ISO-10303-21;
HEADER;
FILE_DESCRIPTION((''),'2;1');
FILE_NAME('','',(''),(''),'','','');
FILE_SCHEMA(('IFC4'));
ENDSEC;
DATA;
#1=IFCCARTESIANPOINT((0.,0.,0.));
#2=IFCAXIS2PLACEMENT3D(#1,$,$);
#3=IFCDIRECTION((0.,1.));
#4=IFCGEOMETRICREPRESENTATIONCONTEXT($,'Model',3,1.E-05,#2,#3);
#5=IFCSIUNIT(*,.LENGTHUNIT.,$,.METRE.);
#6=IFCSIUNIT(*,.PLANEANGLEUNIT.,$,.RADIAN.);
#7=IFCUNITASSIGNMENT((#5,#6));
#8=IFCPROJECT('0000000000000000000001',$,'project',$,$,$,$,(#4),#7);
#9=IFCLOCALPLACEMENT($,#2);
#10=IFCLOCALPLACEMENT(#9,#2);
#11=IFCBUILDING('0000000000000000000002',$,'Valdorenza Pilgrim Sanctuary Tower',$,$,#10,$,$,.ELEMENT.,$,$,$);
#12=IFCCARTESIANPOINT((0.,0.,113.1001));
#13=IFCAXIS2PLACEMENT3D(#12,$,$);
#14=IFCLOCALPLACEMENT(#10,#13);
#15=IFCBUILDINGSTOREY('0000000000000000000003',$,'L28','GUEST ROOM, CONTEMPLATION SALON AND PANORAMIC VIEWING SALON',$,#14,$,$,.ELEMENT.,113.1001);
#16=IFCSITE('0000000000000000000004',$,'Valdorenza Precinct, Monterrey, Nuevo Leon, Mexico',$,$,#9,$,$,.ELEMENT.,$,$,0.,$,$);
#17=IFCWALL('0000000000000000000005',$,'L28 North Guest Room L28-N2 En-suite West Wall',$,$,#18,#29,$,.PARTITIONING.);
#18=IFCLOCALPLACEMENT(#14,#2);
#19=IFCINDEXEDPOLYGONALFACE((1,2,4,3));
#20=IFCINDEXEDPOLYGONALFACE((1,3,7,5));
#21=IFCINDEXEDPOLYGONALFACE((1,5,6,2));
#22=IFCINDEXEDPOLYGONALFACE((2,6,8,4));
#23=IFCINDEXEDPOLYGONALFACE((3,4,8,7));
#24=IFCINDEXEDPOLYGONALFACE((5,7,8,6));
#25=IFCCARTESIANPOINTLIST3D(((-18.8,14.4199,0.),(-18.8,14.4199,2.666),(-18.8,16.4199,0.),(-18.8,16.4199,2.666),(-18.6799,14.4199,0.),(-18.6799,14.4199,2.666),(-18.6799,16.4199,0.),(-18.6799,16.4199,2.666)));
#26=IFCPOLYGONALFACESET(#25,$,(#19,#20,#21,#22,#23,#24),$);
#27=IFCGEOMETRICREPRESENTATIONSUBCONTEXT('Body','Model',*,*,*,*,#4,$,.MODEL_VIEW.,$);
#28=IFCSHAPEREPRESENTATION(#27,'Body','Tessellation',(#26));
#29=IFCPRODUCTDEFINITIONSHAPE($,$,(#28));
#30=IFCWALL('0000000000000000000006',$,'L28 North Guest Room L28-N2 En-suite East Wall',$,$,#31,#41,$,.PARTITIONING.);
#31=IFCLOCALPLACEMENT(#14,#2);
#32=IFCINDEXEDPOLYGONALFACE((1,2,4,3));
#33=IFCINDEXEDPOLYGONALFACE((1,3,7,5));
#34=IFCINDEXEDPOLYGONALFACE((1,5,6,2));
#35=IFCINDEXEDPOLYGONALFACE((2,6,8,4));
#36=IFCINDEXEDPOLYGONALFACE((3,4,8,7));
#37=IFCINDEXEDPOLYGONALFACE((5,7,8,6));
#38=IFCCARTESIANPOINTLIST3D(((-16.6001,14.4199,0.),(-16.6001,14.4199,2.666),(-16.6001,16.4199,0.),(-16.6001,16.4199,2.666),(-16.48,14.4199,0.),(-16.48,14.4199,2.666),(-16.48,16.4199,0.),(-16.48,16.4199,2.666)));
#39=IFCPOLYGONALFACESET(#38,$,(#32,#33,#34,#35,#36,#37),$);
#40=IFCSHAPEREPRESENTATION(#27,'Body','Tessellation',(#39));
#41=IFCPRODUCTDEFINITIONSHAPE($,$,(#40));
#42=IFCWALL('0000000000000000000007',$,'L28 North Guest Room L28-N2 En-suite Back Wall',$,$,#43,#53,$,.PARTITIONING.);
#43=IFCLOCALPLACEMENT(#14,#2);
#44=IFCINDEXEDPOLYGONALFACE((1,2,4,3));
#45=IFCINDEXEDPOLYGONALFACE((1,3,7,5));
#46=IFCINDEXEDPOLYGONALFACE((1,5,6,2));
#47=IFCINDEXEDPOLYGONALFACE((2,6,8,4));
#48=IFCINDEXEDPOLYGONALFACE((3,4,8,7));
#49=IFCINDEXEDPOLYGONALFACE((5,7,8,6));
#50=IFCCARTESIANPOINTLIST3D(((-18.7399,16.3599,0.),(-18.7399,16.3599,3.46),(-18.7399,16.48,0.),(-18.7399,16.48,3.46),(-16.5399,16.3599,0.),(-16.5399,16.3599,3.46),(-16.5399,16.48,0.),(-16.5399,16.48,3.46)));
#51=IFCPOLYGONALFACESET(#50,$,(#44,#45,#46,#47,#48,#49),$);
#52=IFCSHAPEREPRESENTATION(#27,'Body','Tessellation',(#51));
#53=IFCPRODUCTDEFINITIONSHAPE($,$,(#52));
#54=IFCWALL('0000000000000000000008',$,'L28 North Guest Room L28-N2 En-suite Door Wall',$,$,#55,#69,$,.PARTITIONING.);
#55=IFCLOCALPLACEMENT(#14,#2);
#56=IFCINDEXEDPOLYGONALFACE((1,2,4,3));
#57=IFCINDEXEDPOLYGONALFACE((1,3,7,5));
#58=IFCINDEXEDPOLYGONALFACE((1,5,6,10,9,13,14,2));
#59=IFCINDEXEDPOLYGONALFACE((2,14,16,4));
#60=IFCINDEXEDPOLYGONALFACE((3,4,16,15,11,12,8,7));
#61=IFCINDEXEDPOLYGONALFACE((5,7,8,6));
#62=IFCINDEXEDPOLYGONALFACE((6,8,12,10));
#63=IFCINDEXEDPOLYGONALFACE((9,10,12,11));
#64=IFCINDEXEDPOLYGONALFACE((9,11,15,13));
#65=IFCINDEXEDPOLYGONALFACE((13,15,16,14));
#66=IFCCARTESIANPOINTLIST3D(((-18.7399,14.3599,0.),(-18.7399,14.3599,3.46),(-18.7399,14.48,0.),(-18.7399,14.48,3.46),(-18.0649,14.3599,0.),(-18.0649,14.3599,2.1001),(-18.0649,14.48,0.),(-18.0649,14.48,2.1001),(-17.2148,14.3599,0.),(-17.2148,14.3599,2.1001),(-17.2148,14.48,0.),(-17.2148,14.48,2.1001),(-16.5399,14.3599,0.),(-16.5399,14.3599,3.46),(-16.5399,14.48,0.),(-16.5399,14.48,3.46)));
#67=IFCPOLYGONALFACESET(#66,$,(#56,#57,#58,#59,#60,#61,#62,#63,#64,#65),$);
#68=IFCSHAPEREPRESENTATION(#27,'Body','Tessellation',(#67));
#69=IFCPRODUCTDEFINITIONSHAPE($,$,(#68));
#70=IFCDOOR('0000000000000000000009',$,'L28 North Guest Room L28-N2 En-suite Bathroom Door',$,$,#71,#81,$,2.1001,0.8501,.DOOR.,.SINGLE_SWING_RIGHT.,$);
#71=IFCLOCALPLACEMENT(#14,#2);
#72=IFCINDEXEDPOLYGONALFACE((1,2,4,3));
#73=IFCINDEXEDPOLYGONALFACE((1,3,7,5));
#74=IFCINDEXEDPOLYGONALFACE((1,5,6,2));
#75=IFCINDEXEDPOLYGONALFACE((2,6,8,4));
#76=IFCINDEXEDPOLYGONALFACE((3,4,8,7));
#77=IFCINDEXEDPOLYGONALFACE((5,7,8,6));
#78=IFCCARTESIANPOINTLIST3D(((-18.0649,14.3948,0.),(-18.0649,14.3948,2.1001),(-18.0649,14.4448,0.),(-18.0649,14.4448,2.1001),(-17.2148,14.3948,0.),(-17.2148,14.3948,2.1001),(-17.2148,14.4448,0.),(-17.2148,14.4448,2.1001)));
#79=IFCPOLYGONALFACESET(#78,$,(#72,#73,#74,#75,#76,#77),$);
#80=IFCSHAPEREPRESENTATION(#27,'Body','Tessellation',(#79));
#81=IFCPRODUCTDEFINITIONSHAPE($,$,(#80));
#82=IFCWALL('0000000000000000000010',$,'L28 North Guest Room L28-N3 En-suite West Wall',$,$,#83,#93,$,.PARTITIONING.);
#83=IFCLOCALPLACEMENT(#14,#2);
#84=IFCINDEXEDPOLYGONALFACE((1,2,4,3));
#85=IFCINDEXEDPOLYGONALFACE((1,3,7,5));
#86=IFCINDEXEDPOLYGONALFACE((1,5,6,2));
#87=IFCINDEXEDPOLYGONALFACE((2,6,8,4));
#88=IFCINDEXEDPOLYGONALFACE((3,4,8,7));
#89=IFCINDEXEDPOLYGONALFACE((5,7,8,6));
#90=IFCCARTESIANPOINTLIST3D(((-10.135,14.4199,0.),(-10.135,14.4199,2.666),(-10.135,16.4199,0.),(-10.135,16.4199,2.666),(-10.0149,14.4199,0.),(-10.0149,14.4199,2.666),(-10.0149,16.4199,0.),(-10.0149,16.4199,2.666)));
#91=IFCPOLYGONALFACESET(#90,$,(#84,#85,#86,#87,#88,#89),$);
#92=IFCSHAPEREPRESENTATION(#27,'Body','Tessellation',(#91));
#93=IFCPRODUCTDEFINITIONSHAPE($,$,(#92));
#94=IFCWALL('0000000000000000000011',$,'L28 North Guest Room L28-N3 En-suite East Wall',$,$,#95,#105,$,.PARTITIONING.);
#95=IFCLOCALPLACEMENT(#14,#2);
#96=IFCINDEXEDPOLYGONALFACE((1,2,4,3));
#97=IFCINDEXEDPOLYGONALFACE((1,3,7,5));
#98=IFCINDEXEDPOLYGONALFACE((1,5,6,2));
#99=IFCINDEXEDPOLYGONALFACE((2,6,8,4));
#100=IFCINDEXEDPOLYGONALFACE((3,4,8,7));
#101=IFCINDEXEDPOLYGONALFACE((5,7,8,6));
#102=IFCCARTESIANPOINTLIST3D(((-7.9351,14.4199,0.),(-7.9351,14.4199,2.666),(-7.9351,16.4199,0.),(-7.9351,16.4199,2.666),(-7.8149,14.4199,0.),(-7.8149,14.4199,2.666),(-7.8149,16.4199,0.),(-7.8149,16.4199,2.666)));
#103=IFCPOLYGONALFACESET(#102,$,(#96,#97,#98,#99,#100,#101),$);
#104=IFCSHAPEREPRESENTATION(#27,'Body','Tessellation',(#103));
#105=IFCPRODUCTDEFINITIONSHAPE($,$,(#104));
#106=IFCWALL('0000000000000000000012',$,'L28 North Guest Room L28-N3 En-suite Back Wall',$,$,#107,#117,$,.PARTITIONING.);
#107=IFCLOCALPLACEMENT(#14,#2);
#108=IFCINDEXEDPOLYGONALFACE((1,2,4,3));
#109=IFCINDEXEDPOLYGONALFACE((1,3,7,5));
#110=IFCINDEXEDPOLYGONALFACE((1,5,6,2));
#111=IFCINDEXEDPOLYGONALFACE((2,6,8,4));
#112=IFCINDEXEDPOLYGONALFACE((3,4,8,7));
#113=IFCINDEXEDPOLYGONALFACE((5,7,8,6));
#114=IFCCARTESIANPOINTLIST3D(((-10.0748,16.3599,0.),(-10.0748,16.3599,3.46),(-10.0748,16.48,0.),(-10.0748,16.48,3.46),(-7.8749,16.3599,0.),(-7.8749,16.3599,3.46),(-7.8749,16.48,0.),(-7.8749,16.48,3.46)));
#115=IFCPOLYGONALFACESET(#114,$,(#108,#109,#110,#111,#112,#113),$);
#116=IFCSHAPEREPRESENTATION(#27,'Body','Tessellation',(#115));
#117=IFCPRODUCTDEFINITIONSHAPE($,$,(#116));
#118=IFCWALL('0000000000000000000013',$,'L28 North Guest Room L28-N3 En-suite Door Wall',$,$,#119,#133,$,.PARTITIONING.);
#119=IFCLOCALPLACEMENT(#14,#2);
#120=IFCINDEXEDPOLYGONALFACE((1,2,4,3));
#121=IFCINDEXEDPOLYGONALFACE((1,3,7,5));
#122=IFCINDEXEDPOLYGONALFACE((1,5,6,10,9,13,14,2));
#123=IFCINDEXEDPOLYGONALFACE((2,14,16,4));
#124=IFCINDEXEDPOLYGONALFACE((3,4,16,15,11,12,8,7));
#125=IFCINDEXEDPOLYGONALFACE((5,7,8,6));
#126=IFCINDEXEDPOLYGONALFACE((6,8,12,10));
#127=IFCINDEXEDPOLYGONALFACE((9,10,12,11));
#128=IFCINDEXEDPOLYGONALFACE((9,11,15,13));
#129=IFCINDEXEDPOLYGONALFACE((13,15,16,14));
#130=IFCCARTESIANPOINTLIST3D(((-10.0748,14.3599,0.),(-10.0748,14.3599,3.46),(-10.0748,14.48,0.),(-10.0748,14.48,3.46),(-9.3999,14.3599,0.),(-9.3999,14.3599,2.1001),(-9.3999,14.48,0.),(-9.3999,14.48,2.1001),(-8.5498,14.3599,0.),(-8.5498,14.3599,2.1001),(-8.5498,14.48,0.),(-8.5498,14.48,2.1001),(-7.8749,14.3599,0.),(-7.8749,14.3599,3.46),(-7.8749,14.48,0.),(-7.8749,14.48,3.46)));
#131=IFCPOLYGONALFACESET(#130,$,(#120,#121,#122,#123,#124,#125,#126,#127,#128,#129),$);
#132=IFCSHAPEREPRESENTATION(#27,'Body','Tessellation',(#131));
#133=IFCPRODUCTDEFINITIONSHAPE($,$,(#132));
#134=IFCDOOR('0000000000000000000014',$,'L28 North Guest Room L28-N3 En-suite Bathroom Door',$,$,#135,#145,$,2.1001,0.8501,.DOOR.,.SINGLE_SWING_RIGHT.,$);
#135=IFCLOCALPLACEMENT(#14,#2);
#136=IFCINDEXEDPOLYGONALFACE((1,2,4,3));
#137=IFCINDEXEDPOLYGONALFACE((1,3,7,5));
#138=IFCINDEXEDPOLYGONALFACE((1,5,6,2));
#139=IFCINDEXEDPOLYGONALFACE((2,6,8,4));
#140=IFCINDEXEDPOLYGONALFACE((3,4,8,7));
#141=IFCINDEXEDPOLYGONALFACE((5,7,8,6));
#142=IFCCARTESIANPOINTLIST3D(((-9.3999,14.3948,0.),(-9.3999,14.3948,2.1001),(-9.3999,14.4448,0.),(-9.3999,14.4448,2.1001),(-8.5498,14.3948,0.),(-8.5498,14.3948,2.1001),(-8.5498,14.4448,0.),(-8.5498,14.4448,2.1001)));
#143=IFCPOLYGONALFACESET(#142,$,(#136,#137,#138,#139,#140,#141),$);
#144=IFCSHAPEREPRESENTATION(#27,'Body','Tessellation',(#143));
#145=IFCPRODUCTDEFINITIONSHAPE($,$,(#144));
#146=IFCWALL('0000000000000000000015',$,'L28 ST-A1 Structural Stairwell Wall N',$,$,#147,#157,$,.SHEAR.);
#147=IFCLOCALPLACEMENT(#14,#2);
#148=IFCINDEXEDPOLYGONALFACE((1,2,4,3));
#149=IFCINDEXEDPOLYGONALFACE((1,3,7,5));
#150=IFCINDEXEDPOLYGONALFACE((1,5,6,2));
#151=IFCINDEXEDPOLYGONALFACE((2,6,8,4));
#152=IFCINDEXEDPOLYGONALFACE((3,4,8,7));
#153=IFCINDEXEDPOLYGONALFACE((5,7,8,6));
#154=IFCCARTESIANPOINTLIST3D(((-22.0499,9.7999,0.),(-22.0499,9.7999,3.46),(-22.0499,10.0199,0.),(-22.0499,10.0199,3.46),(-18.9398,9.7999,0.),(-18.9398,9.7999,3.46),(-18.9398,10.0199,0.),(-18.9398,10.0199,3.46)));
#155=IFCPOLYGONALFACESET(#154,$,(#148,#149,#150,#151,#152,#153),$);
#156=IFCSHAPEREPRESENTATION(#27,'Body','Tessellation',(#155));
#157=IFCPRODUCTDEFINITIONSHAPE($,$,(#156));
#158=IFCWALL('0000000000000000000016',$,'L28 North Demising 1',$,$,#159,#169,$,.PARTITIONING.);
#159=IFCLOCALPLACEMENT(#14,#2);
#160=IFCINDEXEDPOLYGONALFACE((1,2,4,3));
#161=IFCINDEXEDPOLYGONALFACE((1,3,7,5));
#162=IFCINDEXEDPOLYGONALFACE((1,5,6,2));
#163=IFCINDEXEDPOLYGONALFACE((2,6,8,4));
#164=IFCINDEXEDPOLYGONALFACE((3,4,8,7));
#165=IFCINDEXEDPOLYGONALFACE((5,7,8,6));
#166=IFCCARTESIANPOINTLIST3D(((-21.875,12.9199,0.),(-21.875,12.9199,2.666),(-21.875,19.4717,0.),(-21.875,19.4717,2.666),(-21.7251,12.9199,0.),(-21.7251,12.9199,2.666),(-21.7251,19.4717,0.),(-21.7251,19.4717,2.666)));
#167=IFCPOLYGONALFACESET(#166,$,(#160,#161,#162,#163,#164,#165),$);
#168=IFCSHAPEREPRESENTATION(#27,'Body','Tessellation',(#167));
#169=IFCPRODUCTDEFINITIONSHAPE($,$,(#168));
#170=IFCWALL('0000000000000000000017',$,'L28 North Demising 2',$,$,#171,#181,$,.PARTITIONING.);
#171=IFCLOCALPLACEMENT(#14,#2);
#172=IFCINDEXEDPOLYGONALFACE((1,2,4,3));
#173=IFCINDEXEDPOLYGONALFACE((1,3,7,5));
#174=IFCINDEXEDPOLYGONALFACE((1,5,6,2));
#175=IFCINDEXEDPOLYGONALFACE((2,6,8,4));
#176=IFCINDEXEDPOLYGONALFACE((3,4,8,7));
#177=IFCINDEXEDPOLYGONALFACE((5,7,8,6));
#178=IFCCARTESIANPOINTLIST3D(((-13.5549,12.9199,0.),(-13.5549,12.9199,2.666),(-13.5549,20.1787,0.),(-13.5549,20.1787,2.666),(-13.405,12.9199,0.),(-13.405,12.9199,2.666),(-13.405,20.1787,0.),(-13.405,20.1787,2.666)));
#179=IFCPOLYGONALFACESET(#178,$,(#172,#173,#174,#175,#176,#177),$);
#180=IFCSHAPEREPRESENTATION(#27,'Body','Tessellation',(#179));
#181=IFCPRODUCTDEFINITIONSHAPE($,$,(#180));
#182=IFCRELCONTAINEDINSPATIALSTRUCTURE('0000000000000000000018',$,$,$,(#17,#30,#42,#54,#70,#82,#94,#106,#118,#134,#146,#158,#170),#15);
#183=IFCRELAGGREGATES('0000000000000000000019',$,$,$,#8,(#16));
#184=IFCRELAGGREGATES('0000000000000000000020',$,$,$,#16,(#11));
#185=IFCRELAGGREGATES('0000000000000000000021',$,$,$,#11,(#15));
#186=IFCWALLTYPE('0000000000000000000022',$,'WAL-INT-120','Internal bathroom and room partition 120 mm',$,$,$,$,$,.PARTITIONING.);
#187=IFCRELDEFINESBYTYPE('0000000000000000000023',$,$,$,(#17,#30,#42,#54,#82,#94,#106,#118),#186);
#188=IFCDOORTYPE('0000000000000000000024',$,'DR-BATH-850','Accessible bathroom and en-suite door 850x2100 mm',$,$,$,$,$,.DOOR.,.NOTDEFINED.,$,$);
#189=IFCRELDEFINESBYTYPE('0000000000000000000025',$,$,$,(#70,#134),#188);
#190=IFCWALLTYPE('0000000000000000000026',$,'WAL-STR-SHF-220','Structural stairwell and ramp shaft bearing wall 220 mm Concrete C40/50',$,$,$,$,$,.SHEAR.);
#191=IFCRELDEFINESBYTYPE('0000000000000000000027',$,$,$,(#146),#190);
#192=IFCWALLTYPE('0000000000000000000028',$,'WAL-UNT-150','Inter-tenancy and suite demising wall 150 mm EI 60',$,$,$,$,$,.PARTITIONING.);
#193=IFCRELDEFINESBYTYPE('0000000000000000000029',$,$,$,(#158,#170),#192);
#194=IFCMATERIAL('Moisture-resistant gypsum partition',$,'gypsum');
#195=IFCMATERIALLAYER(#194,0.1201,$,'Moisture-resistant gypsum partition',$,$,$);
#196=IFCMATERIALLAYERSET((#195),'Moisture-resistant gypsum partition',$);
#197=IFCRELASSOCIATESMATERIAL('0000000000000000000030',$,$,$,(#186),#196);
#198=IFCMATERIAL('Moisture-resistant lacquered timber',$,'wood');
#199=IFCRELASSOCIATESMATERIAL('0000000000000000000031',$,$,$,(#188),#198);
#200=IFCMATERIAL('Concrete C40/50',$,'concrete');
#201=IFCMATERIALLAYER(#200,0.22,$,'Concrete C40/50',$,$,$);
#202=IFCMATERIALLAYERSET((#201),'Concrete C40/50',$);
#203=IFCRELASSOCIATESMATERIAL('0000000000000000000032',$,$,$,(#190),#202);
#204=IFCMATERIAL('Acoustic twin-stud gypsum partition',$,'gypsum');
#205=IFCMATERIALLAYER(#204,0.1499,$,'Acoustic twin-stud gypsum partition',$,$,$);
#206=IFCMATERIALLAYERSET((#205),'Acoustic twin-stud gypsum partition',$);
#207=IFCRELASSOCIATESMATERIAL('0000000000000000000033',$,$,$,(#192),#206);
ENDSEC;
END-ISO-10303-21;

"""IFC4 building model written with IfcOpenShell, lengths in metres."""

from ifc_helpers import new_model, si_unit, direction, frame, frame_2d, origin, place, context, subcontext, project, spatial, rectangle, extrude, material, layer, layer_set, type_object, element, fill, save


model = new_model("IFC4")

# Units and contexts
model_context = context("Model", 3, precision=1e-05, world=origin(), true_north=direction((0.0, 1.0)))
body_context = subcontext(model_context, "Body", "Model", "MODEL_VIEW")
ifc_project = project(units=[si_unit("LENGTHUNIT", "METRE"), si_unit("PLANEANGLEUNIT", "RADIAN")], contexts=[model_context])

# Site, building, storey
site_placement = place(None, origin())
site = spatial("IfcSite", under=ifc_project, at=site_placement, Name="Valdorenza Precinct, Monterrey, Nuevo Leon, Mexico", CompositionType="ELEMENT", RefElevation=0.0)
building_placement = place(site_placement, origin())
building = spatial("IfcBuilding", under=site, at=building_placement, Name="Valdorenza Pilgrim Sanctuary Tower", CompositionType="ELEMENT")
storey_placement = place(building_placement, frame((0.0, 0.0, 113.1001)))
storey = spatial("IfcBuildingStorey", under=building, at=storey_placement, Name="L28", Description="GUEST ROOM, CONTEMPLATION SALON AND PANORAMIC VIEWING SALON", CompositionType="ELEMENT", Elevation=113.1001)

# Walls
ifc_material_1 = material(Name="Moisture-resistant gypsum partition", Category="gypsum")
ifc_layer_1 = layer(ifc_material_1, 0.1201, Name="Moisture-resistant gypsum partition")
ifc_layer_set_1 = layer_set([ifc_layer_1], Name="Moisture-resistant gypsum partition")
wall_type_1 = type_object("IfcWallType", Name="WAL-INT-120", Description="Internal bathroom and room partition 120 mm", PredefinedType="PARTITIONING", material=ifc_layer_set_1)
for number, where, z_axis, x_axis, name in (
    (1, (-18.74, 14.4199, 0.0), (0.0, 0.0, 1.0), (0.0, 1.0, 0.0), "L28 North Guest Room L28-N2 En-suite West Wall"),
    (2, (-16.54, 14.4199, 0.0), (0.0, 0.0, 1.0), (0.0, 1.0, 0.0), "L28 North Guest Room L28-N2 En-suite East Wall"),
):
    element("IfcWall", number, at=place(storey_placement, frame(where, z_axis=z_axis, x_axis=x_axis)), inside=storey, type_object=wall_type_1, Name=name, PredefinedType="PARTITIONING", context=body_context, shape_type="SweptSolid", body=[
        extrude(rectangle(XDim=2.0, YDim=0.1201, at=frame_2d((1.0, 0.0))), origin(), (0.0, 0.0, 1.0), 2.666),
    ])
wall_1_placement = place(storey_placement, frame((-18.74, 16.4199, 0.0), z_axis=(0.0, 0.0, 1.0), x_axis=(1.0, 0.0, 0.0)))
element("IfcWall", 3, at=wall_1_placement, inside=storey, type_object=wall_type_1, Name="L28 North Guest Room L28-N2 En-suite Back Wall", PredefinedType="PARTITIONING", context=body_context, shape_type="SweptSolid", body=[
    extrude(rectangle(XDim=2.2, YDim=0.1201, at=frame_2d((1.1001, 0.0))), origin(), (0.0, 0.0, 1.0), 3.46),
])

# Wall, opening, door
wall_2_placement = place(storey_placement, frame((-18.74, 14.4199, 0.0), z_axis=(0.0, 0.0, 1.0), x_axis=(1.0, 0.0, 0.0)))
wall_2 = element("IfcWall", 4, at=wall_2_placement, inside=storey, type_object=wall_type_1, Name="L28 North Guest Room L28-N2 En-suite Door Wall", PredefinedType="PARTITIONING", context=body_context, shape_type="SweptSolid", body=[
    extrude(rectangle(XDim=2.2, YDim=0.1201, at=frame_2d((1.1001, 0.0))), origin(), (0.0, 0.0, 1.0), 3.46),
])
opening_1_placement = place(wall_2_placement, frame((0.675, 0.0, 0.0)))
opening_1 = element("IfcOpeningElement", 5, at=opening_1_placement, cuts=wall_2, PredefinedType="OPENING", context=body_context, shape_type="SweptSolid", body=[
    extrude(rectangle(XDim=0.8501, YDim=2.1001, at=frame_2d((0.425, 1.05))), frame((0.0, 0.075, 0.0), z_axis=(0.0, -1.0, 0.0), x_axis=(1.0, 0.0, 0.0)), (0.0, 0.0, 1.0), 0.1499),
])
ifc_material_2 = material(Name="Moisture-resistant lacquered timber", Category="wood")
door_type = type_object("IfcDoorType", Name="DR-BATH-850", Description="Accessible bathroom and en-suite door 850x2100 mm", OperationType="NOTDEFINED", PredefinedType="DOOR", material=ifc_material_2)
door_1_placement = place(opening_1_placement, origin())
door_1 = element("IfcDoor", 6, at=door_1_placement, inside=storey, type_object=door_type, Name="L28 North Guest Room L28-N2 En-suite Bathroom Door", OperationType="SINGLE_SWING_RIGHT", OverallHeight=2.1001, OverallWidth=0.8501, PredefinedType="DOOR", context=body_context, shape_type="SweptSolid", body=[
    extrude(rectangle(XDim=0.8501, YDim=2.1001, at=frame_2d((0.425, 1.05))), frame((0.0, 0.0249, 0.0), z_axis=(0.0, -1.0, 0.0), x_axis=(1.0, 0.0, 0.0)), (0.0, 0.0, 1.0), 0.05),
])
fill(opening_1, door_1)

# Walls
for number, where, z_axis, x_axis, name in (
    (7, (-10.075, 14.4199, 0.0), (0.0, 0.0, 1.0), (0.0, 1.0, 0.0), "L28 North Guest Room L28-N3 En-suite West Wall"),
    (8, (-7.875, 14.4199, 0.0), (0.0, 0.0, 1.0), (0.0, 1.0, 0.0), "L28 North Guest Room L28-N3 En-suite East Wall"),
):
    element("IfcWall", number, at=place(storey_placement, frame(where, z_axis=z_axis, x_axis=x_axis)), inside=storey, type_object=wall_type_1, Name=name, PredefinedType="PARTITIONING", context=body_context, shape_type="SweptSolid", body=[
        extrude(rectangle(XDim=2.0, YDim=0.1201, at=frame_2d((1.0, 0.0))), origin(), (0.0, 0.0, 1.0), 2.666),
    ])
wall_3_placement = place(storey_placement, frame((-10.075, 16.4199, 0.0), z_axis=(0.0, 0.0, 1.0), x_axis=(1.0, 0.0, 0.0)))
element("IfcWall", 9, at=wall_3_placement, inside=storey, type_object=wall_type_1, Name="L28 North Guest Room L28-N3 En-suite Back Wall", PredefinedType="PARTITIONING", context=body_context, shape_type="SweptSolid", body=[
    extrude(rectangle(XDim=2.2, YDim=0.1201, at=frame_2d((1.1001, 0.0))), origin(), (0.0, 0.0, 1.0), 3.46),
])

# Wall, opening, door
wall_4_placement = place(storey_placement, frame((-10.075, 14.4199, 0.0), z_axis=(0.0, 0.0, 1.0), x_axis=(1.0, 0.0, 0.0)))
wall_4 = element("IfcWall", 10, at=wall_4_placement, inside=storey, type_object=wall_type_1, Name="L28 North Guest Room L28-N3 En-suite Door Wall", PredefinedType="PARTITIONING", context=body_context, shape_type="SweptSolid", body=[
    extrude(rectangle(XDim=2.2, YDim=0.1201, at=frame_2d((1.1001, 0.0))), origin(), (0.0, 0.0, 1.0), 3.46),
])
opening_2_placement = place(wall_4_placement, frame((0.675, 0.0, 0.0)))
opening_2 = element("IfcOpeningElement", 11, at=opening_2_placement, cuts=wall_4, PredefinedType="OPENING", context=body_context, shape_type="SweptSolid", body=[
    extrude(rectangle(XDim=0.8501, YDim=2.1001, at=frame_2d((0.425, 1.05))), frame((0.0, 0.075, 0.0), z_axis=(0.0, -1.0, 0.0), x_axis=(1.0, 0.0, 0.0)), (0.0, 0.0, 1.0), 0.1499),
])
door_2_placement = place(opening_2_placement, origin())
door_2 = element("IfcDoor", 12, at=door_2_placement, inside=storey, type_object=door_type, Name="L28 North Guest Room L28-N3 En-suite Bathroom Door", OperationType="SINGLE_SWING_RIGHT", OverallHeight=2.1001, OverallWidth=0.8501, PredefinedType="DOOR", context=body_context, shape_type="SweptSolid", body=[
    extrude(rectangle(XDim=0.8501, YDim=2.1001, at=frame_2d((0.425, 1.05))), frame((0.0, 0.0249, 0.0), z_axis=(0.0, -1.0, 0.0), x_axis=(1.0, 0.0, 0.0)), (0.0, 0.0, 1.0), 0.05),
])
fill(opening_2, door_2)

# Walls
ifc_material_3 = material(Name="Concrete C40/50", Category="concrete")
ifc_layer_2 = layer(ifc_material_3, 0.22, Name="Concrete C40/50")
ifc_layer_set_2 = layer_set([ifc_layer_2], Name="Concrete C40/50")
wall_type_2 = type_object("IfcWallType", Name="WAL-STR-SHF-220", Description="Structural stairwell and ramp shaft bearing wall 220 mm Concrete C40/50", PredefinedType="SHEAR", material=ifc_layer_set_2)
wall_5_placement = place(storey_placement, frame((-22.05, 9.9099, 0.0), z_axis=(0.0, 0.0, 1.0), x_axis=(1.0, 0.0, 0.0)))
element("IfcWall", 13, at=wall_5_placement, inside=storey, type_object=wall_type_2, Name="L28 ST-A1 Structural Stairwell Wall N", PredefinedType="SHEAR", context=body_context, shape_type="SweptSolid", body=[
    extrude(rectangle(XDim=3.1101, YDim=0.22, at=frame_2d((1.5552, 0.0))), origin(), (0.0, 0.0, 1.0), 3.46),
])
ifc_material_4 = material(Name="Acoustic twin-stud gypsum partition", Category="gypsum")
ifc_layer_3 = layer(ifc_material_4, 0.1499, Name="Acoustic twin-stud gypsum partition")
ifc_layer_set_3 = layer_set([ifc_layer_3], Name="Acoustic twin-stud gypsum partition")
wall_type_3 = type_object("IfcWallType", Name="WAL-UNT-150", Description="Inter-tenancy and suite demising wall 150 mm EI 60", PredefinedType="PARTITIONING", material=ifc_layer_set_3)
wall_6_placement = place(storey_placement, frame((-21.8, 12.9199, 0.0), z_axis=(0.0, 0.0, 1.0), x_axis=(0.0, 1.0, 0.0)))
element("IfcWall", 14, at=wall_6_placement, inside=storey, type_object=wall_type_3, Name="L28 North Demising 1", PredefinedType="PARTITIONING", context=body_context, shape_type="SweptSolid", body=[
    extrude(rectangle(XDim=6.5518, YDim=0.1499, at=frame_2d((3.2759, 0.0))), origin(), (0.0, 0.0, 1.0), 2.666),
])
wall_7_placement = place(storey_placement, frame((-13.48, 12.9199, 0.0), z_axis=(0.0, 0.0, 1.0), x_axis=(0.0, 1.0, 0.0)))
element("IfcWall", 15, at=wall_7_placement, inside=storey, type_object=wall_type_3, Name="L28 North Demising 2", PredefinedType="PARTITIONING", context=body_context, shape_type="SweptSolid", body=[
    extrude(rectangle(XDim=7.2588, YDim=0.1499, at=frame_2d((3.6294, 0.0))), origin(), (0.0, 0.0, 1.0), 2.666),
])

save(model, "model.ifc")
